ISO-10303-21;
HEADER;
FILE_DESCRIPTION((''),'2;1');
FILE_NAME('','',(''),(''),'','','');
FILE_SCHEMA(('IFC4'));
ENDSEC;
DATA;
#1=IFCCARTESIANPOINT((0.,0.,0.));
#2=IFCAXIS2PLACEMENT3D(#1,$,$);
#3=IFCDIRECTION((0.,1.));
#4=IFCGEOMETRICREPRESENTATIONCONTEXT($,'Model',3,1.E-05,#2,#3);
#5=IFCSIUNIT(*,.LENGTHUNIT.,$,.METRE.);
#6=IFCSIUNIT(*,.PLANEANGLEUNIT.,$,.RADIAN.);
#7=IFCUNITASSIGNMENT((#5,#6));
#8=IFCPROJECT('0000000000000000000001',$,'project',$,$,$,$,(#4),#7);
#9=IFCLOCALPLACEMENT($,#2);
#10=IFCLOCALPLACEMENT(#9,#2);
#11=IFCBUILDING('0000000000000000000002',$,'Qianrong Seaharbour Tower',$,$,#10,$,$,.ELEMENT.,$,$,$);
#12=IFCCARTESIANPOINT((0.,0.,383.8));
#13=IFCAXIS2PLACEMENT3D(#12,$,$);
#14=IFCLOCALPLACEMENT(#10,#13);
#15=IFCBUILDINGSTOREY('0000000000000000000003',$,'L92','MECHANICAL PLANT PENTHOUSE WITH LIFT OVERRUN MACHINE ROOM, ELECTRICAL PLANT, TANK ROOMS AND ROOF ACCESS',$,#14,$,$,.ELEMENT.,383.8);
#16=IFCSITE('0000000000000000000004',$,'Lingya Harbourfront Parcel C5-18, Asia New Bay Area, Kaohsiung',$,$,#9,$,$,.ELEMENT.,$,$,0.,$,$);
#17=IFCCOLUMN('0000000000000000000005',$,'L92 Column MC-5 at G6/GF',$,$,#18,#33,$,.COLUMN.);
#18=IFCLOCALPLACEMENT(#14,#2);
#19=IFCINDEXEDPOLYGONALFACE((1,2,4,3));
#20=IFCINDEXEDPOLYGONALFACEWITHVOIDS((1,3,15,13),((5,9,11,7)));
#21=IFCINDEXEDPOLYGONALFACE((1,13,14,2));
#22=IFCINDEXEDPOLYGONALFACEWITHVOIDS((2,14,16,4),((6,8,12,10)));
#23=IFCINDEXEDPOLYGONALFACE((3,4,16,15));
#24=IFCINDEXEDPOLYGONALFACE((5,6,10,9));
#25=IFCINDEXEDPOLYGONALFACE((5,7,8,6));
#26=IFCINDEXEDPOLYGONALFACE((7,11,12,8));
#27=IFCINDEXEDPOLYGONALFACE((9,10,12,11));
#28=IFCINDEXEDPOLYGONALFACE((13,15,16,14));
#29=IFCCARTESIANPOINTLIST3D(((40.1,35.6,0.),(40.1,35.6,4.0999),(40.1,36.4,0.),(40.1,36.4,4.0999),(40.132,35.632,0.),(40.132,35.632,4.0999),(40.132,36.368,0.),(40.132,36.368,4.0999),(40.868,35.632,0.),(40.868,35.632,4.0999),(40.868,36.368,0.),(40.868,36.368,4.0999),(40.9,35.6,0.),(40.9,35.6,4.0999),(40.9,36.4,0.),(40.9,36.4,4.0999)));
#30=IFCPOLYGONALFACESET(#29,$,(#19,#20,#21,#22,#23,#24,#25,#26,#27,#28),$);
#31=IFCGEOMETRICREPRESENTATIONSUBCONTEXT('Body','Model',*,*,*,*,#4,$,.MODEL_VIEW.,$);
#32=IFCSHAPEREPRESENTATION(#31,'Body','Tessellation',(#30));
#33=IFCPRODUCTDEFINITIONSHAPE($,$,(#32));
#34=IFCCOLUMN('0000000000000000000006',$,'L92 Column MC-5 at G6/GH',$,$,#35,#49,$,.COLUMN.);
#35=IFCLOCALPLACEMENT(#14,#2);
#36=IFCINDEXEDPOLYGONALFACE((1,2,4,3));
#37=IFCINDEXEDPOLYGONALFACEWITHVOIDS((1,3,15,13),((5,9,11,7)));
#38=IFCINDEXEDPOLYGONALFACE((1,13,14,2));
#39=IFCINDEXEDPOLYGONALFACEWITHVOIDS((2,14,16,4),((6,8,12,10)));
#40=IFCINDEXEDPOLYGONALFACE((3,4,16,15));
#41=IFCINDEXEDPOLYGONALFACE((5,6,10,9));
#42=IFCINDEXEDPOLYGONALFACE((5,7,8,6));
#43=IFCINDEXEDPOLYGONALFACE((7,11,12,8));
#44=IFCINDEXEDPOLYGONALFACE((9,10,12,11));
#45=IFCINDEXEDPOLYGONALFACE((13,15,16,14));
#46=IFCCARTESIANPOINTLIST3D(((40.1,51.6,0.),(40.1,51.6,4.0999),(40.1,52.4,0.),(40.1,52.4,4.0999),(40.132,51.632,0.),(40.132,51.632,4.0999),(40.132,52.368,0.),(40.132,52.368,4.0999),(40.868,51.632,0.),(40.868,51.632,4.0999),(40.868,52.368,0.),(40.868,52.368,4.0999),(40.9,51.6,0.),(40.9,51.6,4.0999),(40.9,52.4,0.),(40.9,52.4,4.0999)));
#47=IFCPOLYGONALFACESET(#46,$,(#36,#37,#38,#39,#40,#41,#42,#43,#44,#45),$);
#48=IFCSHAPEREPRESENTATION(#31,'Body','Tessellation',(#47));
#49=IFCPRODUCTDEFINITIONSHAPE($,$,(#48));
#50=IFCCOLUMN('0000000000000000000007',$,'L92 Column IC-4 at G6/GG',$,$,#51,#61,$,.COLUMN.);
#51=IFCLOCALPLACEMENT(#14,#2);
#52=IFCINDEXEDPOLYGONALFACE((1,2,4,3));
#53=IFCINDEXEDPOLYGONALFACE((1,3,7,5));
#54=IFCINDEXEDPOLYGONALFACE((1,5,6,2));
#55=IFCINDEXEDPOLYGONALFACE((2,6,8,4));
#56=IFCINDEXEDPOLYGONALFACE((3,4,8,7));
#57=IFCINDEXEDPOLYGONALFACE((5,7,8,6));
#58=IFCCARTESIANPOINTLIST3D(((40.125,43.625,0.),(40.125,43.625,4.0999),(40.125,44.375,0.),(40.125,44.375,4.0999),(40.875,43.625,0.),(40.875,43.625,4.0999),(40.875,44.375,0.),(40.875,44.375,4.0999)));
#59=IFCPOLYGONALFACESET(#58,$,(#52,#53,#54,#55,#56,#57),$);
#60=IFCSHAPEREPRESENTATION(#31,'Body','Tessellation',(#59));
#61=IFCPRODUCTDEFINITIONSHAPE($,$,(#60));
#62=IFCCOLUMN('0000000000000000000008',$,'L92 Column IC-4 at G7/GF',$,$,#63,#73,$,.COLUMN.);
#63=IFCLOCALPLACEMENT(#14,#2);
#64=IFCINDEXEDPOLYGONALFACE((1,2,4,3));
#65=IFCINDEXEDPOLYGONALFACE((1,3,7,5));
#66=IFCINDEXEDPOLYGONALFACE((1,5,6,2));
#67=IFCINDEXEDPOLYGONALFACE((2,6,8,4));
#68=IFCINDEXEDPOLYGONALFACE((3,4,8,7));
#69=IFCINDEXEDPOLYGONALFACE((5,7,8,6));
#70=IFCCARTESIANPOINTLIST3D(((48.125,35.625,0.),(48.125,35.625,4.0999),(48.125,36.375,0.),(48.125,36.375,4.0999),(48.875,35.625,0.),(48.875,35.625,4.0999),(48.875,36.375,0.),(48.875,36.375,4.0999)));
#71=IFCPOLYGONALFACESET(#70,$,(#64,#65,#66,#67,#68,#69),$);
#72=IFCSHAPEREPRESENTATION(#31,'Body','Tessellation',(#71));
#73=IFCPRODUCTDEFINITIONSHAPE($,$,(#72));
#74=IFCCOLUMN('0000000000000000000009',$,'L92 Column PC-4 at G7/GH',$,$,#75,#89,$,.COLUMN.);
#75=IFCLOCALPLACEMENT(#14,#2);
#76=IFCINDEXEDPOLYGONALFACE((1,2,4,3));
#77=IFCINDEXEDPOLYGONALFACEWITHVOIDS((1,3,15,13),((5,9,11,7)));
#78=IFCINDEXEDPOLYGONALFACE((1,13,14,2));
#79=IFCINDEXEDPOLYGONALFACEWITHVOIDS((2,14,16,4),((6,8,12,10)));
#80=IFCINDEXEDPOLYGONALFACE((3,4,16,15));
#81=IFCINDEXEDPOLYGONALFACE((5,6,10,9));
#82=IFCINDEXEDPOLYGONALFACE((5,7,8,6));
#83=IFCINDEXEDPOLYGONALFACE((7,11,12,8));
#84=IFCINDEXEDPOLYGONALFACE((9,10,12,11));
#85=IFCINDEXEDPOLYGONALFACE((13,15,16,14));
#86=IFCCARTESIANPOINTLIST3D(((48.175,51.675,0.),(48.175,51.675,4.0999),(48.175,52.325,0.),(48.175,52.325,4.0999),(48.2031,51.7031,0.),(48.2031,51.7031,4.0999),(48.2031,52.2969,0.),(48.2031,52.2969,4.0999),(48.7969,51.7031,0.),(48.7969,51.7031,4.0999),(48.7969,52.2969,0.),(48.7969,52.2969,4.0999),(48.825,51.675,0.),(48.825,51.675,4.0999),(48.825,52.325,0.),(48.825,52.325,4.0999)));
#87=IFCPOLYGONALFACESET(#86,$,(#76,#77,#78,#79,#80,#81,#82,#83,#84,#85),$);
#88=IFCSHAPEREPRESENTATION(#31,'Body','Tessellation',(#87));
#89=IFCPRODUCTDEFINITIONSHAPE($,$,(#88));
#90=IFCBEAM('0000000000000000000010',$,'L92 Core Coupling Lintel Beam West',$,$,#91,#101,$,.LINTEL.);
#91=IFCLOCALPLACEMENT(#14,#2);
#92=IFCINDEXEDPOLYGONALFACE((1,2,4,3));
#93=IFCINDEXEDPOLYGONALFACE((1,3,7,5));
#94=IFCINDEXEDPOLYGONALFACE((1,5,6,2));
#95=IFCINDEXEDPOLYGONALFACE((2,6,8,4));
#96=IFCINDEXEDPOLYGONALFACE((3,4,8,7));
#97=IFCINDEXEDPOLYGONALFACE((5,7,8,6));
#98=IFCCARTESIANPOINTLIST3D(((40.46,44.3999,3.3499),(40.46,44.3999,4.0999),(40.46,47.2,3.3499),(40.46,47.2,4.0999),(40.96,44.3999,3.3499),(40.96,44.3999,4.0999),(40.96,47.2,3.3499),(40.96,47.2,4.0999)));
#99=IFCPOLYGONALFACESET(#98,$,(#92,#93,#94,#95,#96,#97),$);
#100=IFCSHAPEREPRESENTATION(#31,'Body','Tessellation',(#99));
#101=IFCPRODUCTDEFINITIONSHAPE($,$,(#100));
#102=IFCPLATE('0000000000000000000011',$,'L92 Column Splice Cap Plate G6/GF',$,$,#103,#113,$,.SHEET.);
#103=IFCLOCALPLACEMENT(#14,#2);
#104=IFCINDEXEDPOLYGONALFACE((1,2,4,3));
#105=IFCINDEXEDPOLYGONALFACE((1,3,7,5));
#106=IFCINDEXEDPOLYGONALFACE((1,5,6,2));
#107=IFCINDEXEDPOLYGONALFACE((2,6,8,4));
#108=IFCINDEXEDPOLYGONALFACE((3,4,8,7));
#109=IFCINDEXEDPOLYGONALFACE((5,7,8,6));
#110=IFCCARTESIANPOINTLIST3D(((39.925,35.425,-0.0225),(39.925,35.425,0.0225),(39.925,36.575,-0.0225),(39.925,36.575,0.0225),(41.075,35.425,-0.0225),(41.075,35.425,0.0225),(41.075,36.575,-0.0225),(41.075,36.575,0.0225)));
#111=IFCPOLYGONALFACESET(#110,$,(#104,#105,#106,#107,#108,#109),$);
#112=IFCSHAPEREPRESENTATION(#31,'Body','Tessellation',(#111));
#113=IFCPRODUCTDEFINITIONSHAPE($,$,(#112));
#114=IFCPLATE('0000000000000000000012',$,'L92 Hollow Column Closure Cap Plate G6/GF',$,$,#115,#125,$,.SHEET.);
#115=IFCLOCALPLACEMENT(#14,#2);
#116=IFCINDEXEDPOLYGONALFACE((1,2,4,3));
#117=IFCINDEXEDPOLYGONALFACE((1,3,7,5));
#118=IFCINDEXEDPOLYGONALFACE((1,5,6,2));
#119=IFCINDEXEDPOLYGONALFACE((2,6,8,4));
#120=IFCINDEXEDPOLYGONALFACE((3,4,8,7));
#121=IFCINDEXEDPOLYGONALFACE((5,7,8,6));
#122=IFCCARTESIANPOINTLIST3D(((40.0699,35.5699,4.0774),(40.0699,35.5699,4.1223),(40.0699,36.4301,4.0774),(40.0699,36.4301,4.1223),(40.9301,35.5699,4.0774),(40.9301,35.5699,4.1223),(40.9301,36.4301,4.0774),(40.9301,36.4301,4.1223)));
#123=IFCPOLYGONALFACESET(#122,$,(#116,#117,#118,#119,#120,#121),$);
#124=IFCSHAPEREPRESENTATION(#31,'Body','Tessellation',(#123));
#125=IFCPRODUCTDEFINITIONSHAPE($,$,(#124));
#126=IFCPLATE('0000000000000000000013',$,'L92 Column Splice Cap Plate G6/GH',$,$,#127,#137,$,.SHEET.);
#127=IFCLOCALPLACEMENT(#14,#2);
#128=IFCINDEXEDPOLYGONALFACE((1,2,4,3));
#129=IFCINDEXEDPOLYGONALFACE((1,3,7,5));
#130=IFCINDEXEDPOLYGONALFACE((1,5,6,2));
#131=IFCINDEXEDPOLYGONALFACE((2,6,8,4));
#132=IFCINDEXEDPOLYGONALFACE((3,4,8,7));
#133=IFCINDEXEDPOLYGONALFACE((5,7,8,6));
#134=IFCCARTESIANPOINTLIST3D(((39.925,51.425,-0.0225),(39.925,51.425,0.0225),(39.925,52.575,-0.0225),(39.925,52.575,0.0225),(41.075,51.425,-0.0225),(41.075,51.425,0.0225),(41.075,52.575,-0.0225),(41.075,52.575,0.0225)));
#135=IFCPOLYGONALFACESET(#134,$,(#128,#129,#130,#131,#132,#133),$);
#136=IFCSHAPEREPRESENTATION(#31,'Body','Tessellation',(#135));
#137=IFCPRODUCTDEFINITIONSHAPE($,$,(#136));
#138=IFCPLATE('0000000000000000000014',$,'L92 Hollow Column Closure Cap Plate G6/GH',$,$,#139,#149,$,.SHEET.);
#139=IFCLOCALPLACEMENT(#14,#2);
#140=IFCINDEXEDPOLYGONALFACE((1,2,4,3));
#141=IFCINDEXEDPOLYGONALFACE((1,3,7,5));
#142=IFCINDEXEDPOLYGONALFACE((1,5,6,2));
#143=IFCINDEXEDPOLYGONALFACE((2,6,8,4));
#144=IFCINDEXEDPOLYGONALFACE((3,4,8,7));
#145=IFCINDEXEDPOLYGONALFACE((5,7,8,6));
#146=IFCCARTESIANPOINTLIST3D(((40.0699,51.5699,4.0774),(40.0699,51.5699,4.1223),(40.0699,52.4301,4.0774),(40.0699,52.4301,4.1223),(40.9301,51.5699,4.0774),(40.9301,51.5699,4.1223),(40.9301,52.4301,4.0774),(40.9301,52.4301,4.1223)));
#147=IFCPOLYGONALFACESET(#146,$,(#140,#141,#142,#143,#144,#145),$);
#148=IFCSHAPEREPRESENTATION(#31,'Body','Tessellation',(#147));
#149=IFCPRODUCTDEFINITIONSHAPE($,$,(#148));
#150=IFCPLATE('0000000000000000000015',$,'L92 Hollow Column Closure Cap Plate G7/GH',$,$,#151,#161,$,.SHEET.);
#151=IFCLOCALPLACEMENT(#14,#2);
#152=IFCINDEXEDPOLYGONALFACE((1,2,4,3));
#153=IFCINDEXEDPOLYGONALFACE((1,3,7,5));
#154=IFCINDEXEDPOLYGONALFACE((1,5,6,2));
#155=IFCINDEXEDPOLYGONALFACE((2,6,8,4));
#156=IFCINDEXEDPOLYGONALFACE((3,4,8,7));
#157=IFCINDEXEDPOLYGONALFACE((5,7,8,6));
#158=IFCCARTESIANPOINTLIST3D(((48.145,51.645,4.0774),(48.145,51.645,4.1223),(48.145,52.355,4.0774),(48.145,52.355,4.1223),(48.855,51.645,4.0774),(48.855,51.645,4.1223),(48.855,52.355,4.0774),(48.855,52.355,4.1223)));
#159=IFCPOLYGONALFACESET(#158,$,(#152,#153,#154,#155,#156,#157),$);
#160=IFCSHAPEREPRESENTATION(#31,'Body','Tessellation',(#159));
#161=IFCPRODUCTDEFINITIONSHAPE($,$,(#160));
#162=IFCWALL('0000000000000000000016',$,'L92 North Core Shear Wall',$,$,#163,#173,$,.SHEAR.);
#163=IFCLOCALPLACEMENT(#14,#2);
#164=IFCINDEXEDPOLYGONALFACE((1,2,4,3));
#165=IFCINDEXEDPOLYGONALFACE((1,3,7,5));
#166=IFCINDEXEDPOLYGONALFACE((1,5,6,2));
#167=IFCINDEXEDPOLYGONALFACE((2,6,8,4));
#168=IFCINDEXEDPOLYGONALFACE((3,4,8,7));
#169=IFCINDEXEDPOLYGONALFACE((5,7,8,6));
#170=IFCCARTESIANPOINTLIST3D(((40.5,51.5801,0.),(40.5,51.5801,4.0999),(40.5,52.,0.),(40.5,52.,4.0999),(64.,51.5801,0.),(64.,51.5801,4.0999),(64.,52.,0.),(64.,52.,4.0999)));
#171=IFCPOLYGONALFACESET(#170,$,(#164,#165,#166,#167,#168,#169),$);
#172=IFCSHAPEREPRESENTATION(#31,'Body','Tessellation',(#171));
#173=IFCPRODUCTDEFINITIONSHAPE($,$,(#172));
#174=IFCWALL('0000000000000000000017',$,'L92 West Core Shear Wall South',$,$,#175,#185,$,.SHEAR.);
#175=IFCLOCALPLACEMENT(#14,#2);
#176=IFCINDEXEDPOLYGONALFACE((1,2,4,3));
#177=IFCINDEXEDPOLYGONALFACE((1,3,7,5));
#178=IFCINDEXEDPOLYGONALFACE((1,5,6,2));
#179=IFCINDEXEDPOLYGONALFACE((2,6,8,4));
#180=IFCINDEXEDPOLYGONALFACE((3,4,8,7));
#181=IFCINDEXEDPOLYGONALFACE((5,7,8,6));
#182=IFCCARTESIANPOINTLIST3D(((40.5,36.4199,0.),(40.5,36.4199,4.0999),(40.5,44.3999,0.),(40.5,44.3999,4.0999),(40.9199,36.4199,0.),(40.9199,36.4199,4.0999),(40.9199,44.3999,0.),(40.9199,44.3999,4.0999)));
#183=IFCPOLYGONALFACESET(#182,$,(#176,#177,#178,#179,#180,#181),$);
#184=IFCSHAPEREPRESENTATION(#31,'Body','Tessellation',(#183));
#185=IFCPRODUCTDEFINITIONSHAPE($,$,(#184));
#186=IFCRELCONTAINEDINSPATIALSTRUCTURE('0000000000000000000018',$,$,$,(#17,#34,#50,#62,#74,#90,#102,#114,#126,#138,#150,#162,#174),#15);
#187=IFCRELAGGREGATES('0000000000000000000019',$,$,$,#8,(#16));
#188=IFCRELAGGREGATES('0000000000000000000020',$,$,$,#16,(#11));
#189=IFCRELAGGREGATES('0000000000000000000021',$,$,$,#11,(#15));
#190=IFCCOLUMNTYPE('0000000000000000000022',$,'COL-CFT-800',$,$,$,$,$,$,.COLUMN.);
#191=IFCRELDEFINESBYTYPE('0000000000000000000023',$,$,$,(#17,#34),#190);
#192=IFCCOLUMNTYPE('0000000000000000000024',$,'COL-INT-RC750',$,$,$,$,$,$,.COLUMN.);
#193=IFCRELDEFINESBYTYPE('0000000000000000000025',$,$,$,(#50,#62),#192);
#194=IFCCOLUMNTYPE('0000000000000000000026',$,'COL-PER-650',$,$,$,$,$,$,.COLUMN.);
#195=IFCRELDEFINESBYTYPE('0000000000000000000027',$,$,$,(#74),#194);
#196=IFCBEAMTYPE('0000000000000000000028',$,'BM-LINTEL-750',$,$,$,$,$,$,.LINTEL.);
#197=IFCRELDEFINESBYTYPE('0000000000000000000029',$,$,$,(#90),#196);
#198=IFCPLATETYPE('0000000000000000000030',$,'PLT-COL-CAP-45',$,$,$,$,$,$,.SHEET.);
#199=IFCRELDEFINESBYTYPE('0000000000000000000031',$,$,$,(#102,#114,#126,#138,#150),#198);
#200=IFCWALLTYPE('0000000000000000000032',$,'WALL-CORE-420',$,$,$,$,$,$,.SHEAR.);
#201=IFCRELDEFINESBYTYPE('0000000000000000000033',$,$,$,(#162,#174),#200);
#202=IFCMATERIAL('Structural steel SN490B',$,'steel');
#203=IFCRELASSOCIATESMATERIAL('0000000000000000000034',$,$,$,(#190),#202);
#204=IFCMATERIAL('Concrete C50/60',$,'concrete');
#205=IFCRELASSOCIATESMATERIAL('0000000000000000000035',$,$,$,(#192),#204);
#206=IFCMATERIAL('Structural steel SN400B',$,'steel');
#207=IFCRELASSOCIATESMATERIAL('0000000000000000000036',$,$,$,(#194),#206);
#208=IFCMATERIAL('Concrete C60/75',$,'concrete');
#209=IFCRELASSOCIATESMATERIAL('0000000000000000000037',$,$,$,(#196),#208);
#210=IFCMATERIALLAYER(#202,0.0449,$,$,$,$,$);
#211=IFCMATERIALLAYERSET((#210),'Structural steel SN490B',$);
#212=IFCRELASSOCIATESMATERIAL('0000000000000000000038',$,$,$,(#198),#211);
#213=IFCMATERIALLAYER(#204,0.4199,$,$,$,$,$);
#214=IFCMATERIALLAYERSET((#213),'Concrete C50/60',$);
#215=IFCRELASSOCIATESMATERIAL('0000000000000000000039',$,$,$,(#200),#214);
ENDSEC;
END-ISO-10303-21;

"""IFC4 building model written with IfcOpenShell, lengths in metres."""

from ifc_helpers import new_model, si_unit, direction, frame, frame_2d, origin, origin_2d, place, context, subcontext, project, spatial, rectangle, hollow_rectangle, extrude, material, layer, layer_set, material_profile, profile_set, type_object, element, save


model = new_model("IFC4")

# Units and contexts
model_context = context("Model", 3, precision=1e-05, world=origin(), true_north=direction((0.0, 1.0)))
body_context = subcontext(model_context, "Body", "Model", "MODEL_VIEW")
ifc_project = project(units=[si_unit("LENGTHUNIT", "METRE"), si_unit("PLANEANGLEUNIT", "RADIAN")], contexts=[model_context])

# Site, building, storey
site_placement = place(None, origin())
site = spatial("IfcSite", under=ifc_project, at=site_placement, Name="Lingya Harbourfront Parcel C5-18, Asia New Bay Area, Kaohsiung", CompositionType="ELEMENT", RefElevation=0.0)
building_placement = place(site_placement, origin())
building = spatial("IfcBuilding", under=site, at=building_placement, Name="Qianrong Seaharbour Tower", CompositionType="ELEMENT")
storey_placement = place(building_placement, frame((0.0, 0.0, 383.8)))
storey = spatial("IfcBuildingStorey", under=building, at=storey_placement, Name="L92", Description="MECHANICAL PLANT PENTHOUSE WITH LIFT OVERRUN MACHINE ROOM, ELECTRICAL PLANT, TANK ROOMS AND ROOF ACCESS", CompositionType="ELEMENT", Elevation=383.8)

# Columns
ifc_material_1 = material(Name="Structural steel SN490B", Category="steel")
ifc_material_profile_1 = material_profile(ifc_material_1, hollow_rectangle(XDim=0.8, YDim=0.8, WallThickness=0.032, at=origin_2d()), Name="BOX800x800x32")
ifc_profile_set_1 = profile_set([ifc_material_profile_1], Name="Structural steel SN490B")
column_type_1 = type_object("IfcColumnType", Name="COL-CFT-800", PredefinedType="COLUMN", material=ifc_profile_set_1)
for number, where, z_axis, x_axis, name in (
    (1, (40.5, 36.0, 0.0), (0.0, 0.0, 1.0), (1.0, 0.0, 0.0), "L92 Column MC-5 at G6/GF"),
    (2, (40.5, 52.0, 0.0), (0.0, 0.0, 1.0), (1.0, 0.0, 0.0), "L92 Column MC-5 at G6/GH"),
):
    element("IfcColumn", number, at=place(storey_placement, frame(where, z_axis=z_axis, x_axis=x_axis)), inside=storey, type_object=column_type_1, Name=name, PredefinedType="COLUMN", context=body_context, shape_type="SweptSolid", body=[
        extrude(hollow_rectangle(XDim=0.8, YDim=0.8, WallThickness=0.032, at=origin_2d()), origin(), (0.0, 0.0, 1.0), 4.0999),
    ])
ifc_material_2 = material(Name="Concrete C50/60", Category="concrete")
ifc_material_profile_2 = material_profile(ifc_material_2, rectangle(XDim=0.75, YDim=0.75, at=origin_2d()), Name="RC750x750")
ifc_profile_set_2 = profile_set([ifc_material_profile_2], Name="Concrete C50/60")
column_type_2 = type_object("IfcColumnType", Name="COL-INT-RC750", PredefinedType="COLUMN", material=ifc_profile_set_2)
for number, where, z_axis, x_axis, name in (
    (3, (40.5, 44.0, 0.0), (0.0, 0.0, 1.0), (1.0, 0.0, 0.0), "L92 Column IC-4 at G6/GG"),
    (4, (48.5, 36.0, 0.0), (0.0, 0.0, 1.0), (1.0, 0.0, 0.0), "L92 Column IC-4 at G7/GF"),
):
    element("IfcColumn", number, at=place(storey_placement, frame(where, z_axis=z_axis, x_axis=x_axis)), inside=storey, type_object=column_type_2, Name=name, PredefinedType="COLUMN", context=body_context, shape_type="SweptSolid", body=[
        extrude(rectangle(XDim=0.75, YDim=0.75, at=origin_2d()), origin(), (0.0, 0.0, 1.0), 4.0999),
    ])
ifc_material_3 = material(Name="Structural steel SN400B", Category="steel")
ifc_material_profile_3 = material_profile(ifc_material_3, hollow_rectangle(XDim=0.6499, YDim=0.6499, WallThickness=0.0281, at=origin_2d()), Name="BOX650x650x28")
ifc_profile_set_3 = profile_set([ifc_material_profile_3], Name="Structural steel SN400B")
column_type_3 = type_object("IfcColumnType", Name="COL-PER-650", PredefinedType="COLUMN", material=ifc_profile_set_3)
column_placement = place(storey_placement, frame((48.5, 52.0, 0.0), z_axis=(0.0, 0.0, 1.0), x_axis=(1.0, 0.0, 0.0)))
element("IfcColumn", 5, at=column_placement, inside=storey, type_object=column_type_3, Name="L92 Column PC-4 at G7/GH", PredefinedType="COLUMN", context=body_context, shape_type="SweptSolid", body=[
    extrude(hollow_rectangle(XDim=0.6499, YDim=0.6499, WallThickness=0.0281, at=origin_2d()), origin(), (0.0, 0.0, 1.0), 4.0999),
])

# Beam
ifc_material_4 = material(Name="Concrete C60/75", Category="concrete")
ifc_material_profile_4 = material_profile(ifc_material_4, rectangle(XDim=0.5, YDim=0.75, at=origin_2d()), Name="RC500x750")
ifc_profile_set_4 = profile_set([ifc_material_profile_4], Name="Concrete C60/75")
beam_type = type_object("IfcBeamType", Name="BM-LINTEL-750", PredefinedType="LINTEL", material=ifc_profile_set_4)
beam_placement = place(storey_placement, frame((40.71, 44.3999, 3.7249), z_axis=(0.0, 1.0, 0.0), x_axis=(-1.0, 0.0, 0.0)))
element("IfcBeam", 6, at=beam_placement, inside=storey, type_object=beam_type, Name="L92 Core Coupling Lintel Beam West", PredefinedType="LINTEL", context=body_context, shape_type="SweptSolid", body=[
    extrude(rectangle(XDim=0.5, YDim=0.75, at=origin_2d()), origin(), (0.0, 0.0, 1.0), 2.8),
])

# Plates
ifc_layer_1 = layer(ifc_material_1, 0.0449)
ifc_layer_set_1 = layer_set([ifc_layer_1], Name="Structural steel SN490B")
plate_type = type_object("IfcPlateType", Name="PLT-COL-CAP-45", PredefinedType="SHEET", material=ifc_layer_set_1)
plate_1_placement = place(storey_placement, frame((40.5, 36.0, -0.0225), z_axis=(0.0, 0.0, 1.0), x_axis=(1.0, 0.0, 0.0)))
element("IfcPlate", 7, at=plate_1_placement, inside=storey, type_object=plate_type, Name="L92 Column Splice Cap Plate G6/GF", PredefinedType="SHEET", context=body_context, shape_type="SweptSolid", body=[
    extrude(rectangle(XDim=1.1499, YDim=1.1499, at=origin_2d()), origin(), (0.0, 0.0, 1.0), 0.0449),
])
plate_2_placement = place(storey_placement, frame((40.5, 36.0, 4.0774), z_axis=(0.0, 0.0, 1.0), x_axis=(1.0, 0.0, 0.0)))
element("IfcPlate", 8, at=plate_2_placement, inside=storey, type_object=plate_type, Name="L92 Hollow Column Closure Cap Plate G6/GF", PredefinedType="SHEET", context=body_context, shape_type="SweptSolid", body=[
    extrude(rectangle(XDim=0.8601, YDim=0.8601, at=origin_2d()), origin(), (0.0, 0.0, 1.0), 0.0449),
])
plate_3_placement = place(storey_placement, frame((40.5, 52.0, -0.0225), z_axis=(0.0, 0.0, 1.0), x_axis=(1.0, 0.0, 0.0)))
element("IfcPlate", 9, at=plate_3_placement, inside=storey, type_object=plate_type, Name="L92 Column Splice Cap Plate G6/GH", PredefinedType="SHEET", context=body_context, shape_type="SweptSolid", body=[
    extrude(rectangle(XDim=1.1499, YDim=1.1499, at=origin_2d()), origin(), (0.0, 0.0, 1.0), 0.0449),
])
plate_4_placement = place(storey_placement, frame((40.5, 52.0, 4.0774), z_axis=(0.0, 0.0, 1.0), x_axis=(1.0, 0.0, 0.0)))
element("IfcPlate", 10, at=plate_4_placement, inside=storey, type_object=plate_type, Name="L92 Hollow Column Closure Cap Plate G6/GH", PredefinedType="SHEET", context=body_context, shape_type="SweptSolid", body=[
    extrude(rectangle(XDim=0.8601, YDim=0.8601, at=origin_2d()), origin(), (0.0, 0.0, 1.0), 0.0449),
])
plate_5_placement = place(storey_placement, frame((48.5, 52.0, 4.0774), z_axis=(0.0, 0.0, 1.0), x_axis=(1.0, 0.0, 0.0)))
element("IfcPlate", 11, at=plate_5_placement, inside=storey, type_object=plate_type, Name="L92 Hollow Column Closure Cap Plate G7/GH", PredefinedType="SHEET", context=body_context, shape_type="SweptSolid", body=[
    extrude(rectangle(XDim=0.71, YDim=0.71, at=origin_2d()), origin(), (0.0, 0.0, 1.0), 0.0449),
])

# Walls
ifc_layer_2 = layer(ifc_material_2, 0.4199)
ifc_layer_set_2 = layer_set([ifc_layer_2], Name="Concrete C50/60")
wall_type_1 = type_object("IfcWallType", Name="WALL-CORE-420", PredefinedType="SHEAR", material=ifc_layer_set_2)
wall_1_placement = place(storey_placement, frame((40.5, 51.79, 0.0), z_axis=(0.0, 0.0, 1.0), x_axis=(1.0, 0.0, 0.0)))
element("IfcWall", 12, at=wall_1_placement, inside=storey, type_object=wall_type_1, Name="L92 North Core Shear Wall", PredefinedType="SHEAR", context=body_context, shape_type="SweptSolid", body=[
    extrude(rectangle(XDim=23.5, YDim=0.4199, at=frame_2d((11.75, 0.0))), origin(), (0.0, 0.0, 1.0), 4.0999),
])
wall_2_placement = place(storey_placement, frame((40.71, 36.4199, 0.0), z_axis=(0.0, 0.0, 1.0), x_axis=(0.0, 1.0, 0.0)))
element("IfcWall", 13, at=wall_2_placement, inside=storey, type_object=wall_type_1, Name="L92 West Core Shear Wall South", PredefinedType="SHEAR", context=body_context, shape_type="SweptSolid", body=[
    extrude(rectangle(XDim=7.98, YDim=0.4199, at=frame_2d((3.99, 0.0))), origin(), (0.0, 0.0, 1.0), 4.0999),
])

save(model, "model.ifc")
